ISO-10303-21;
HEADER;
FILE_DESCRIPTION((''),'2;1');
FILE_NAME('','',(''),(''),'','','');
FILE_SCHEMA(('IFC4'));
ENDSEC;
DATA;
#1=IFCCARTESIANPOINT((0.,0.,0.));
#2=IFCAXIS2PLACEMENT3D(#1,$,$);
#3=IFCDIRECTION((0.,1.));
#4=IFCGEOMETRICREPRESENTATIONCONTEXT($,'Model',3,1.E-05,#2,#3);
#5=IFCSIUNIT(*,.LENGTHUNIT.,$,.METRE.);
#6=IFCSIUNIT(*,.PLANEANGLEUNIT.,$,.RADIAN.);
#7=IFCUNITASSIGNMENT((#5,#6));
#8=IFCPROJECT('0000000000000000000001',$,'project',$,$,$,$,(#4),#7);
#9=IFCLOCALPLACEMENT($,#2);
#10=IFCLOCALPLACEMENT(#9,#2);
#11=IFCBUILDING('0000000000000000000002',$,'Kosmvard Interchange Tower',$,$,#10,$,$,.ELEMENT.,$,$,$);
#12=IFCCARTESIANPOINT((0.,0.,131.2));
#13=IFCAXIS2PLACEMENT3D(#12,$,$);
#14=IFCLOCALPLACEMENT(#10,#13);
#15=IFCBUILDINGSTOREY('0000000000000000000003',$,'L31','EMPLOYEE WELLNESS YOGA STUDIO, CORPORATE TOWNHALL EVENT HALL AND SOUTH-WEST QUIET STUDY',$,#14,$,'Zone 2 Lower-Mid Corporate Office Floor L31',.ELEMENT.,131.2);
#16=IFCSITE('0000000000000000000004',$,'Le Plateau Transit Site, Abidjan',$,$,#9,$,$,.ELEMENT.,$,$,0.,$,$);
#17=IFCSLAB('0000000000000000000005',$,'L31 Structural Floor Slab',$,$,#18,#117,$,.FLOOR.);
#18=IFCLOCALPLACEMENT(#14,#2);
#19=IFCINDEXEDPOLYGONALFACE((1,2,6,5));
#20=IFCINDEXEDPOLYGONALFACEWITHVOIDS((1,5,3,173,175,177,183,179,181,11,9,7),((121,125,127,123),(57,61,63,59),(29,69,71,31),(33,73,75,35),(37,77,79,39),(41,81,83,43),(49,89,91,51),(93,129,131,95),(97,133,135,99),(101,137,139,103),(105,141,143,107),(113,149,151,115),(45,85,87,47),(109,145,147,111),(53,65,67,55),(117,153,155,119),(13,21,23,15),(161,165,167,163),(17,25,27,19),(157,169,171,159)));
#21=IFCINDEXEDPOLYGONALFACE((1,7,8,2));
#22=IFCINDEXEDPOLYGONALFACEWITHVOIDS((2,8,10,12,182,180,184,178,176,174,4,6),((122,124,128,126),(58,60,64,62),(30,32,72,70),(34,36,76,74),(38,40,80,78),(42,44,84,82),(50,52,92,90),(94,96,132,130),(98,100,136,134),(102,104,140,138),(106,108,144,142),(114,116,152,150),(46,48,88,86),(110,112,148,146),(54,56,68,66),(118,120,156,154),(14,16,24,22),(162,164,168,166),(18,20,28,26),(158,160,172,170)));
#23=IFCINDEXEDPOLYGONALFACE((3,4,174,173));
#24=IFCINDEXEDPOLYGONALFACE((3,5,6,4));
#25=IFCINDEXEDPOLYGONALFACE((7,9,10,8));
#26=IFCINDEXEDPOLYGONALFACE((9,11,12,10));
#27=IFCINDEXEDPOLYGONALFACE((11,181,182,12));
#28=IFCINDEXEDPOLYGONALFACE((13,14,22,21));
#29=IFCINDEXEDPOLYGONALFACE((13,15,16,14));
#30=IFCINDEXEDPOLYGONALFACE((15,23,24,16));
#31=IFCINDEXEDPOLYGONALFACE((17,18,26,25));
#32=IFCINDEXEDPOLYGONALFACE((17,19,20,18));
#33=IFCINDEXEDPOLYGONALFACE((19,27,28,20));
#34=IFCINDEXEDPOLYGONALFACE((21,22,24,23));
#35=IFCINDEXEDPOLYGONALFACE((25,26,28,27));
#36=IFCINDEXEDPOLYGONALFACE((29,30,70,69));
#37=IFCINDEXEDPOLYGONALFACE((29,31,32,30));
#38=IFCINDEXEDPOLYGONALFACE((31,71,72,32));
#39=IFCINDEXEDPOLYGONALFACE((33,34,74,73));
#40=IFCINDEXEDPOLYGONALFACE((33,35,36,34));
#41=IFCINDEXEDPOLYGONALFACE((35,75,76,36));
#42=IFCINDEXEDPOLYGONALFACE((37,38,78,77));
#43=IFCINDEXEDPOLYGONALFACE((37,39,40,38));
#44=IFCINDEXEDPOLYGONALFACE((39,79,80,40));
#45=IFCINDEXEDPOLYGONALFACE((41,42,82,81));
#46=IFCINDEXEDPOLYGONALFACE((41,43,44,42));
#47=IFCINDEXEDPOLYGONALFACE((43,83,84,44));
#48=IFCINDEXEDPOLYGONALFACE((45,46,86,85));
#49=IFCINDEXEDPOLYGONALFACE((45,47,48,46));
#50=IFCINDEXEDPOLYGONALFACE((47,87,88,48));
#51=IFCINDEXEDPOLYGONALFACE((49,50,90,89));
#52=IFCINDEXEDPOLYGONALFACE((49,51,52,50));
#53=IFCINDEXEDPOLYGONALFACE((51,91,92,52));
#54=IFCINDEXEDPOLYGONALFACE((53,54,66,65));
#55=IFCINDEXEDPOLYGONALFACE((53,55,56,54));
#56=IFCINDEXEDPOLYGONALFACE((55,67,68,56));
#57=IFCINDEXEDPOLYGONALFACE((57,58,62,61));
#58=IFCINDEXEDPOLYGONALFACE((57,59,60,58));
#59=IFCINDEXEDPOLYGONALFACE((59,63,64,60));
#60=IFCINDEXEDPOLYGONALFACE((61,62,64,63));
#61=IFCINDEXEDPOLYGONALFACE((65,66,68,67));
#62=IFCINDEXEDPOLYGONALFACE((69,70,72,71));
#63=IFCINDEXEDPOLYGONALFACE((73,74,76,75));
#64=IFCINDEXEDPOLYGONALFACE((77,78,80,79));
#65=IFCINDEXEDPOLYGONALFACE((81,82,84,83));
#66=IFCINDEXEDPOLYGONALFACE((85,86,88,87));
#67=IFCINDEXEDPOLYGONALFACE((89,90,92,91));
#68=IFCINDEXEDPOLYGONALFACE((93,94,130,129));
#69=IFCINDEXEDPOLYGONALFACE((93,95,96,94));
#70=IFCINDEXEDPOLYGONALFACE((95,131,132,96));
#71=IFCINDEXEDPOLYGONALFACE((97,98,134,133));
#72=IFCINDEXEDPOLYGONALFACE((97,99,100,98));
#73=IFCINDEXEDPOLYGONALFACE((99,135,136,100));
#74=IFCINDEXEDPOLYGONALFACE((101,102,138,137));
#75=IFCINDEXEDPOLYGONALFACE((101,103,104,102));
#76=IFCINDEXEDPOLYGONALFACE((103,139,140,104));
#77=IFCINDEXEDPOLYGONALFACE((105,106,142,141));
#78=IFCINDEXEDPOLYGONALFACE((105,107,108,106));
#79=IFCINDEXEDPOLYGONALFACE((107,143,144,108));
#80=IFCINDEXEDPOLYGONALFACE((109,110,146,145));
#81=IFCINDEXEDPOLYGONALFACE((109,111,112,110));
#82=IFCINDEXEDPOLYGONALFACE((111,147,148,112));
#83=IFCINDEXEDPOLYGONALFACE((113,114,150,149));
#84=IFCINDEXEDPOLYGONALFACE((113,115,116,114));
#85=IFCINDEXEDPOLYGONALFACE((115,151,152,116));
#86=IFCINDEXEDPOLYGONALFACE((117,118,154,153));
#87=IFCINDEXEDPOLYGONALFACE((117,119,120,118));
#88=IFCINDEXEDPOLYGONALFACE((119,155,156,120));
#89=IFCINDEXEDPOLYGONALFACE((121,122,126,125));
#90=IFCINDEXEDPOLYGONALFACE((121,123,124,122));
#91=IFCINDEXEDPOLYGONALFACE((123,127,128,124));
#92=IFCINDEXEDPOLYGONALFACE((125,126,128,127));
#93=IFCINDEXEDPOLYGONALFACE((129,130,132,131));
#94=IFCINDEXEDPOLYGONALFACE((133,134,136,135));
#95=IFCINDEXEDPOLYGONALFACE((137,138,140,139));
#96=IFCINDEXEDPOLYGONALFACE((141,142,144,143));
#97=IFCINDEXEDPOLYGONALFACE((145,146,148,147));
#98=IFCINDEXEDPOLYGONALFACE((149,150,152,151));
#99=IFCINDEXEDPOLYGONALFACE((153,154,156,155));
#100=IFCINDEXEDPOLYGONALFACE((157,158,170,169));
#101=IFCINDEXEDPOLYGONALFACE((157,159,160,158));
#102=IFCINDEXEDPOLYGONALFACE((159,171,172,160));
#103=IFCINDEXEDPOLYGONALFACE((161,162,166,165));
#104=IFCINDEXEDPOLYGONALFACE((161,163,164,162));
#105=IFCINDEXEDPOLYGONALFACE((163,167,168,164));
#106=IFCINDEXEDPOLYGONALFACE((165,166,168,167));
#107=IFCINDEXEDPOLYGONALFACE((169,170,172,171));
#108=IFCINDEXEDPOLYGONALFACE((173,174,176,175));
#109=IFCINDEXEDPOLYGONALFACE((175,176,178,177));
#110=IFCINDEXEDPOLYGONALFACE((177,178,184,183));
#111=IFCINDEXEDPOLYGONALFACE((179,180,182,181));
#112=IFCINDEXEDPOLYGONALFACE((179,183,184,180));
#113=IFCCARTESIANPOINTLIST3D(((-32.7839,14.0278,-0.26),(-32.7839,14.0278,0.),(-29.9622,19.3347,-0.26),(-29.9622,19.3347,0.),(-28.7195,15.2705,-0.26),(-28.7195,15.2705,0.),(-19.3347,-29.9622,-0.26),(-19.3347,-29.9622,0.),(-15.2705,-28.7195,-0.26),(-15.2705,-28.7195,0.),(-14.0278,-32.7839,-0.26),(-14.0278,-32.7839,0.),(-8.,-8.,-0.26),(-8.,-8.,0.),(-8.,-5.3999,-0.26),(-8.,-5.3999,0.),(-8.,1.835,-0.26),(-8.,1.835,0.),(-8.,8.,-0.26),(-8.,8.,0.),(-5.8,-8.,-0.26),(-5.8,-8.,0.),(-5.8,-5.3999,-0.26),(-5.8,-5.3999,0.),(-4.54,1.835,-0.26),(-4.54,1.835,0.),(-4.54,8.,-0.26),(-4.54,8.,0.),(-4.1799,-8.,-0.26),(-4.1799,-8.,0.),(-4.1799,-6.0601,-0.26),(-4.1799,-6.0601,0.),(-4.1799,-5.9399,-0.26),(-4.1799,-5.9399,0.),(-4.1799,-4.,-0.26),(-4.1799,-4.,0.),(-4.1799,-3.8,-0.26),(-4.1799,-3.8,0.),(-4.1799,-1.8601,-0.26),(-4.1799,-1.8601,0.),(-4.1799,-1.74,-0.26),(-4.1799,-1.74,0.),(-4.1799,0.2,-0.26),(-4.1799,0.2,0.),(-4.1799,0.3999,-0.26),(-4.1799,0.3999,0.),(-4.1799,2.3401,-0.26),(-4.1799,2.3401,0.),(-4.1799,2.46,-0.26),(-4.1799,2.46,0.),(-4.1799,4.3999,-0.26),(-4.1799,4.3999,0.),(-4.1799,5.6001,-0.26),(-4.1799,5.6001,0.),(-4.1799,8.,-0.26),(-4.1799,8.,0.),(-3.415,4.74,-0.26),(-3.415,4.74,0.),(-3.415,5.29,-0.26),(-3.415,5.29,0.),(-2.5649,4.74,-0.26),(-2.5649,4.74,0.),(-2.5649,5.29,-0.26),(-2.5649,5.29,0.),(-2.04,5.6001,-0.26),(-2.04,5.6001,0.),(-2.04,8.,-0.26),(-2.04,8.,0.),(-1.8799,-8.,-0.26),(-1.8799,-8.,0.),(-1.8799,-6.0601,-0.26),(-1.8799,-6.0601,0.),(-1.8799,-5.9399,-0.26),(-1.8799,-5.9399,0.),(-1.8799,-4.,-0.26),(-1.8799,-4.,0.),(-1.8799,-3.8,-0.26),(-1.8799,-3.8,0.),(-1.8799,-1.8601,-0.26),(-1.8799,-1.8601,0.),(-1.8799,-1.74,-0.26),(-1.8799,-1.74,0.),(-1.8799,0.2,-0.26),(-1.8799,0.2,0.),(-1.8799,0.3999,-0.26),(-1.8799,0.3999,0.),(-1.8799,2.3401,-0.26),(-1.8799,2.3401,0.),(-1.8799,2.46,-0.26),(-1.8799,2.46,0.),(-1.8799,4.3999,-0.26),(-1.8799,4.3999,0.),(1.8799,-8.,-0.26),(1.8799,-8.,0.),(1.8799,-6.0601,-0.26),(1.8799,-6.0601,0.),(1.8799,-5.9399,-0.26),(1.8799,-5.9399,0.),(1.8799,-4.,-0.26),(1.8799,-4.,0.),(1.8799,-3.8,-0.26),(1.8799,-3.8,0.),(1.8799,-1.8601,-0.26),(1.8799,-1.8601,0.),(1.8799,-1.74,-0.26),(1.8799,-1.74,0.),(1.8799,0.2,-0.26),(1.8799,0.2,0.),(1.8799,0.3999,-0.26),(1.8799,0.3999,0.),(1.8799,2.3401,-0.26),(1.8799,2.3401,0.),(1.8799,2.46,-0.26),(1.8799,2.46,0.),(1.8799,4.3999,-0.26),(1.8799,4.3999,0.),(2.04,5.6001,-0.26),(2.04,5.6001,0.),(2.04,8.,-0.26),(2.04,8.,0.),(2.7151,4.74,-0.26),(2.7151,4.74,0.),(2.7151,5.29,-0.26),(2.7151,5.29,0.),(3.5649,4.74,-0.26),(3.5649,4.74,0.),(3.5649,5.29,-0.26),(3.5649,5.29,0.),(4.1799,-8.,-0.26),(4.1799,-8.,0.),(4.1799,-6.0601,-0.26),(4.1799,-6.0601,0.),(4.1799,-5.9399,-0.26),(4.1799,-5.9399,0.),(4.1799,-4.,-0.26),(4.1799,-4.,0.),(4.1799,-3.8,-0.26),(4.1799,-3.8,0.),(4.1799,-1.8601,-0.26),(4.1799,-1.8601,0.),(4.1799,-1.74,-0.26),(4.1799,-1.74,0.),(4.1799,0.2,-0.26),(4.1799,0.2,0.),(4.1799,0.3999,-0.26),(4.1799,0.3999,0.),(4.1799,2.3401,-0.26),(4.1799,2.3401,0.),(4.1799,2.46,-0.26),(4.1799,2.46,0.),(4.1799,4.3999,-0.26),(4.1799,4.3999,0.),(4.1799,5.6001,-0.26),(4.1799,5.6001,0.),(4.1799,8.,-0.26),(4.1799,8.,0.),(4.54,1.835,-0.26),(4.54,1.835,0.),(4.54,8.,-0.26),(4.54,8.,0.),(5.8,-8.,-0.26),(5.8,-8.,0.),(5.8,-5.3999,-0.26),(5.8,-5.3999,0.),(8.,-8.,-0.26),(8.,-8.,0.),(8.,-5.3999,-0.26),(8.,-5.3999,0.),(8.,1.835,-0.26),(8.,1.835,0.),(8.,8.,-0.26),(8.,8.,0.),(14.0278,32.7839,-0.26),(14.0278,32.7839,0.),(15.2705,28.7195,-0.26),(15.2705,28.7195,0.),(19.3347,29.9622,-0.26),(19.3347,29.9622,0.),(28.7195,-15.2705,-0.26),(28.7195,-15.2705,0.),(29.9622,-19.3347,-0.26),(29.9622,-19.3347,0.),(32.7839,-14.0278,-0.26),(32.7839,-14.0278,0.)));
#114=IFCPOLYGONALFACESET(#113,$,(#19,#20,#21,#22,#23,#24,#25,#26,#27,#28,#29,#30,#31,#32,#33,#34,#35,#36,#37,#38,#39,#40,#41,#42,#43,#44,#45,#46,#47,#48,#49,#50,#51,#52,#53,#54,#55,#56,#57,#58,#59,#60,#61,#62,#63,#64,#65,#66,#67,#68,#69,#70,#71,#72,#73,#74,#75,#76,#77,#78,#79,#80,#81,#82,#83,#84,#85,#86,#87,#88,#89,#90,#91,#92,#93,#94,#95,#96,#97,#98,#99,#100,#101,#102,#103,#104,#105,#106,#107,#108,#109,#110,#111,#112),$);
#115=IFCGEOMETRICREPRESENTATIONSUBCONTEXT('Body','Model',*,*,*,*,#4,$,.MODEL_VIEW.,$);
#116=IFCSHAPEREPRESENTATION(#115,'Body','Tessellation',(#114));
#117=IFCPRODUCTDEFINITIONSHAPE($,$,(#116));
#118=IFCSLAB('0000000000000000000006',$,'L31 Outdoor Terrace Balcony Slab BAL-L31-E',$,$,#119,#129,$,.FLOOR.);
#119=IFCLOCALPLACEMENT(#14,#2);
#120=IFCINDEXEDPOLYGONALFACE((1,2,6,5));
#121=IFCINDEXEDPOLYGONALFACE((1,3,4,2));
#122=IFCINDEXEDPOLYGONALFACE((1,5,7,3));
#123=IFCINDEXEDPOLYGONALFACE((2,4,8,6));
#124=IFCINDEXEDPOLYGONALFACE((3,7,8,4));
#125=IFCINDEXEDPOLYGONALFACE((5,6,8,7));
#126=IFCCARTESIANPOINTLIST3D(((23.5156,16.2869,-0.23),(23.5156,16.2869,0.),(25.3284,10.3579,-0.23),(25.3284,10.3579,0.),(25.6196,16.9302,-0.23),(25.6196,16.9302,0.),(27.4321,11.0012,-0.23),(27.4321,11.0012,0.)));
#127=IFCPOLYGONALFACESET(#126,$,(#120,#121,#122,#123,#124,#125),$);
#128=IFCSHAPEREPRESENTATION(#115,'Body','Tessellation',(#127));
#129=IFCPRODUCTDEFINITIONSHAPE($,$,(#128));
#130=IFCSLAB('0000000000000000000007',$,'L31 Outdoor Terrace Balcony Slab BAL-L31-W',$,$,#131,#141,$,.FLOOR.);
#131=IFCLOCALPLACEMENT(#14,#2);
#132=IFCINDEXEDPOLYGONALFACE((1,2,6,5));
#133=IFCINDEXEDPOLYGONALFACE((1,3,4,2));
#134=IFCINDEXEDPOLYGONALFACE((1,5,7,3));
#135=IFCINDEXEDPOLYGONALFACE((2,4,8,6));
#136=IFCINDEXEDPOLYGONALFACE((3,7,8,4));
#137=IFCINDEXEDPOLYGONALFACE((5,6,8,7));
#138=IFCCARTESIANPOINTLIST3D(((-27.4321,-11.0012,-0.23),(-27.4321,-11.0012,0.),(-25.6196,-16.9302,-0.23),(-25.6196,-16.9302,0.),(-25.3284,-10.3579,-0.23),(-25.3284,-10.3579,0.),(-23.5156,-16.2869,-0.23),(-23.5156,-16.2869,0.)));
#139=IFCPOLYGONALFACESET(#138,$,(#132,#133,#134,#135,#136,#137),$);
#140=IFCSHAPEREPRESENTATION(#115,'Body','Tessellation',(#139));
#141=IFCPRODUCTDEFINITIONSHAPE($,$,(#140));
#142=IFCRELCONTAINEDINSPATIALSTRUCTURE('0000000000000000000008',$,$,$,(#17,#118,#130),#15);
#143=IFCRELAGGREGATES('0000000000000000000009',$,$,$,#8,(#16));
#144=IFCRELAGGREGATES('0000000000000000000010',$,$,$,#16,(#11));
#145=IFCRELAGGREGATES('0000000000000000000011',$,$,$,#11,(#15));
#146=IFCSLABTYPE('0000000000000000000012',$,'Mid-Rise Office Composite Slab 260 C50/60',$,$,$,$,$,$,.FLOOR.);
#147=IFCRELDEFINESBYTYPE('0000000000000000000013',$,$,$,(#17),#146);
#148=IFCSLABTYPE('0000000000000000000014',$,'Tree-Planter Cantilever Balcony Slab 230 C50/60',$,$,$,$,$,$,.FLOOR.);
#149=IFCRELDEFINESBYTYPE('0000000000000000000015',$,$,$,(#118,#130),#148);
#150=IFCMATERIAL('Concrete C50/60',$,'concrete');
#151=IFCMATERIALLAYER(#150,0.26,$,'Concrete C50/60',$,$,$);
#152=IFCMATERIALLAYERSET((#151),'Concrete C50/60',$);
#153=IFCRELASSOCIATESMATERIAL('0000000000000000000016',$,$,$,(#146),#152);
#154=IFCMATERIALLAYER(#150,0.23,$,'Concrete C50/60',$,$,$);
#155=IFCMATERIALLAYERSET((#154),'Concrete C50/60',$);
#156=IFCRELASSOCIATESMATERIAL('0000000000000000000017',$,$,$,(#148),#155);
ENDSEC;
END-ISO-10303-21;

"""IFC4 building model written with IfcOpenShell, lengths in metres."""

from ifc_helpers import new_model, si_unit, direction, frame, origin, place, context, subcontext, project, spatial, polyline, outline, extrude, material, layer, layer_set, type_object, element, save


model = new_model("IFC4")

# Units and contexts
model_context = context("Model", 3, precision=1e-05, world=origin(), true_north=direction((0.0, 1.0)))
body_context = subcontext(model_context, "Body", "Model", "MODEL_VIEW")
ifc_project = project(units=[si_unit("LENGTHUNIT", "METRE"), si_unit("PLANEANGLEUNIT", "RADIAN")], contexts=[model_context])

# Site, building, storey
site_placement = place(None, origin())
site = spatial("IfcSite", under=ifc_project, at=site_placement, Name="Le Plateau Transit Site, Abidjan", CompositionType="ELEMENT", RefElevation=0.0)
building_placement = place(site_placement, origin())
building = spatial("IfcBuilding", under=site, at=building_placement, Name="Kosmvard Interchange Tower", CompositionType="ELEMENT")
storey_placement = place(building_placement, frame((0.0, 0.0, 131.2)))
storey = spatial("IfcBuildingStorey", under=building, at=storey_placement, Name="L31", Description="EMPLOYEE WELLNESS YOGA STUDIO, CORPORATE TOWNHALL EVENT HALL AND SOUTH-WEST QUIET STUDY", LongName="Zone 2 Lower-Mid Corporate Office Floor L31", CompositionType="ELEMENT", Elevation=131.2)

# Slabs
ifc_material_1 = material(Name="Concrete C50/60", Category="concrete")
ifc_layer_1 = layer(ifc_material_1, 0.26, Name="Concrete C50/60")
ifc_layer_set_1 = layer_set([ifc_layer_1], Name="Concrete C50/60")
slab_type_1 = type_object("IfcSlabType", Name="Mid-Rise Office Composite Slab 260 C50/60", PredefinedType="FLOOR", material=ifc_layer_set_1)
slab_1_placement = place(storey_placement, frame((0.0, 0.0, -0.26)))
element("IfcSlab", 1, at=slab_1_placement, inside=storey, type_object=slab_type_1, Name="L31 Structural Floor Slab", PredefinedType="FLOOR", context=body_context, shape_type="SweptSolid", body=[
    extrude(outline(polyline([(-14.0278, -32.7839), (29.9622, -19.3347), (28.7195, -15.2705), (32.7839, -14.0278), (19.3347, 29.9622), (15.2705, 28.7195), (14.0278, 32.7839), (-29.9622, 19.3347), (-28.7195, 15.2705), (-32.7839, 14.0278), (-19.3347, -29.9622), (-15.2705, -28.7195), (-14.0278, -32.7839)]), holes=[polyline([(-8.0, 1.835), (-4.54, 1.835), (-4.54, 8.0), (-8.0, 8.0), (-8.0, 1.835)]), polyline([(4.54, 1.835), (8.0, 1.835), (8.0, 8.0), (4.54, 8.0), (4.54, 1.835)]), polyline([(-8.0, -8.0), (-5.8, -8.0), (-5.8, -5.3999), (-8.0, -5.3999), (-8.0, -8.0)]), polyline([(5.8, -8.0), (8.0, -8.0), (8.0, -5.3999), (5.8, -5.3999), (5.8, -8.0)]), polyline([(-4.1799, -8.0), (-1.8799, -8.0), (-1.8799, -6.0601), (-4.1799, -6.0601), (-4.1799, -8.0)]), polyline([(-4.1799, -5.9399), (-1.8799, -5.9399), (-1.8799, -4.0), (-4.1799, -4.0), (-4.1799, -5.9399)]), polyline([(1.8799, -8.0), (4.1799, -8.0), (4.1799, -6.0601), (1.8799, -6.0601), (1.8799, -8.0)]), polyline([(1.8799, -5.9399), (4.1799, -5.9399), (4.1799, -4.0), (1.8799, -4.0), (1.8799, -5.9399)]), polyline([(-4.1799, -3.8), (-1.8799, -3.8), (-1.8799, -1.8601), (-4.1799, -1.8601), (-4.1799, -3.8)]), polyline([(-4.1799, -1.74), (-1.8799, -1.74), (-1.8799, 0.2), (-4.1799, 0.2), (-4.1799, -1.74)]), polyline([(1.8799, -3.8), (4.1799, -3.8), (4.1799, -1.8601), (1.8799, -1.8601), (1.8799, -3.8)]), polyline([(1.8799, -1.74), (4.1799, -1.74), (4.1799, 0.2), (1.8799, 0.2), (1.8799, -1.74)]), polyline([(-4.1799, 0.3999), (-1.8799, 0.3999), (-1.8799, 2.3401), (-4.1799, 2.3401), (-4.1799, 0.3999)]), polyline([(-4.1799, 2.46), (-1.8799, 2.46), (-1.8799, 4.3999), (-4.1799, 4.3999), (-4.1799, 2.46)]), polyline([(1.8799, 0.3999), (4.1799, 0.3999), (4.1799, 2.3401), (1.8799, 2.3401), (1.8799, 0.3999)]), polyline([(1.8799, 2.46), (4.1799, 2.46), (4.1799, 4.3999), (1.8799, 4.3999), (1.8799, 2.46)]), polyline([(-4.1799, 5.6001), (-2.04, 5.6001), (-2.04, 8.0), (-4.1799, 8.0), (-4.1799, 5.6001)]), polyline([(2.04, 5.6001), (4.1799, 5.6001), (4.1799, 8.0), (2.04, 8.0), (2.04, 5.6001)]), polyline([(-3.415, 4.74), (-2.5649, 4.74), (-2.5649, 5.29), (-3.415, 5.29), (-3.415, 4.74)]), polyline([(2.7151, 4.74), (3.5649, 4.74), (3.5649, 5.29), (2.7151, 5.29), (2.7151, 4.74)])]), origin(), (0.0, 0.0, 1.0), 0.26),
])
ifc_layer_2 = layer(ifc_material_1, 0.23, Name="Concrete C50/60")
ifc_layer_set_2 = layer_set([ifc_layer_2], Name="Concrete C50/60")
slab_type_2 = type_object("IfcSlabType", Name="Tree-Planter Cantilever Balcony Slab 230 C50/60", PredefinedType="FLOOR", material=ifc_layer_set_2)
slab_2_placement = place(storey_placement, frame((0.0, 0.0, -0.23)))
element("IfcSlab", 2, at=slab_2_placement, inside=storey, type_object=slab_type_2, Name="L31 Outdoor Terrace Balcony Slab BAL-L31-E", PredefinedType="FLOOR", context=body_context, shape_type="SweptSolid", body=[
    extrude(outline(polyline([(25.3284, 10.3579), (27.4321, 11.0012), (25.6196, 16.9302), (23.5156, 16.2869), (25.3284, 10.3579)])), origin(), (0.0, 0.0, 1.0), 0.23),
])
slab_3_placement = place(storey_placement, frame((0.0, 0.0, -0.23)))
element("IfcSlab", 3, at=slab_3_placement, inside=storey, type_object=slab_type_2, Name="L31 Outdoor Terrace Balcony Slab BAL-L31-W", PredefinedType="FLOOR", context=body_context, shape_type="SweptSolid", body=[
    extrude(outline(polyline([(-25.6196, -16.9302), (-23.5156, -16.2869), (-25.3284, -10.3579), (-27.4321, -11.0012), (-25.6196, -16.9302)])), origin(), (0.0, 0.0, 1.0), 0.23),
])

save(model, "model.ifc")
